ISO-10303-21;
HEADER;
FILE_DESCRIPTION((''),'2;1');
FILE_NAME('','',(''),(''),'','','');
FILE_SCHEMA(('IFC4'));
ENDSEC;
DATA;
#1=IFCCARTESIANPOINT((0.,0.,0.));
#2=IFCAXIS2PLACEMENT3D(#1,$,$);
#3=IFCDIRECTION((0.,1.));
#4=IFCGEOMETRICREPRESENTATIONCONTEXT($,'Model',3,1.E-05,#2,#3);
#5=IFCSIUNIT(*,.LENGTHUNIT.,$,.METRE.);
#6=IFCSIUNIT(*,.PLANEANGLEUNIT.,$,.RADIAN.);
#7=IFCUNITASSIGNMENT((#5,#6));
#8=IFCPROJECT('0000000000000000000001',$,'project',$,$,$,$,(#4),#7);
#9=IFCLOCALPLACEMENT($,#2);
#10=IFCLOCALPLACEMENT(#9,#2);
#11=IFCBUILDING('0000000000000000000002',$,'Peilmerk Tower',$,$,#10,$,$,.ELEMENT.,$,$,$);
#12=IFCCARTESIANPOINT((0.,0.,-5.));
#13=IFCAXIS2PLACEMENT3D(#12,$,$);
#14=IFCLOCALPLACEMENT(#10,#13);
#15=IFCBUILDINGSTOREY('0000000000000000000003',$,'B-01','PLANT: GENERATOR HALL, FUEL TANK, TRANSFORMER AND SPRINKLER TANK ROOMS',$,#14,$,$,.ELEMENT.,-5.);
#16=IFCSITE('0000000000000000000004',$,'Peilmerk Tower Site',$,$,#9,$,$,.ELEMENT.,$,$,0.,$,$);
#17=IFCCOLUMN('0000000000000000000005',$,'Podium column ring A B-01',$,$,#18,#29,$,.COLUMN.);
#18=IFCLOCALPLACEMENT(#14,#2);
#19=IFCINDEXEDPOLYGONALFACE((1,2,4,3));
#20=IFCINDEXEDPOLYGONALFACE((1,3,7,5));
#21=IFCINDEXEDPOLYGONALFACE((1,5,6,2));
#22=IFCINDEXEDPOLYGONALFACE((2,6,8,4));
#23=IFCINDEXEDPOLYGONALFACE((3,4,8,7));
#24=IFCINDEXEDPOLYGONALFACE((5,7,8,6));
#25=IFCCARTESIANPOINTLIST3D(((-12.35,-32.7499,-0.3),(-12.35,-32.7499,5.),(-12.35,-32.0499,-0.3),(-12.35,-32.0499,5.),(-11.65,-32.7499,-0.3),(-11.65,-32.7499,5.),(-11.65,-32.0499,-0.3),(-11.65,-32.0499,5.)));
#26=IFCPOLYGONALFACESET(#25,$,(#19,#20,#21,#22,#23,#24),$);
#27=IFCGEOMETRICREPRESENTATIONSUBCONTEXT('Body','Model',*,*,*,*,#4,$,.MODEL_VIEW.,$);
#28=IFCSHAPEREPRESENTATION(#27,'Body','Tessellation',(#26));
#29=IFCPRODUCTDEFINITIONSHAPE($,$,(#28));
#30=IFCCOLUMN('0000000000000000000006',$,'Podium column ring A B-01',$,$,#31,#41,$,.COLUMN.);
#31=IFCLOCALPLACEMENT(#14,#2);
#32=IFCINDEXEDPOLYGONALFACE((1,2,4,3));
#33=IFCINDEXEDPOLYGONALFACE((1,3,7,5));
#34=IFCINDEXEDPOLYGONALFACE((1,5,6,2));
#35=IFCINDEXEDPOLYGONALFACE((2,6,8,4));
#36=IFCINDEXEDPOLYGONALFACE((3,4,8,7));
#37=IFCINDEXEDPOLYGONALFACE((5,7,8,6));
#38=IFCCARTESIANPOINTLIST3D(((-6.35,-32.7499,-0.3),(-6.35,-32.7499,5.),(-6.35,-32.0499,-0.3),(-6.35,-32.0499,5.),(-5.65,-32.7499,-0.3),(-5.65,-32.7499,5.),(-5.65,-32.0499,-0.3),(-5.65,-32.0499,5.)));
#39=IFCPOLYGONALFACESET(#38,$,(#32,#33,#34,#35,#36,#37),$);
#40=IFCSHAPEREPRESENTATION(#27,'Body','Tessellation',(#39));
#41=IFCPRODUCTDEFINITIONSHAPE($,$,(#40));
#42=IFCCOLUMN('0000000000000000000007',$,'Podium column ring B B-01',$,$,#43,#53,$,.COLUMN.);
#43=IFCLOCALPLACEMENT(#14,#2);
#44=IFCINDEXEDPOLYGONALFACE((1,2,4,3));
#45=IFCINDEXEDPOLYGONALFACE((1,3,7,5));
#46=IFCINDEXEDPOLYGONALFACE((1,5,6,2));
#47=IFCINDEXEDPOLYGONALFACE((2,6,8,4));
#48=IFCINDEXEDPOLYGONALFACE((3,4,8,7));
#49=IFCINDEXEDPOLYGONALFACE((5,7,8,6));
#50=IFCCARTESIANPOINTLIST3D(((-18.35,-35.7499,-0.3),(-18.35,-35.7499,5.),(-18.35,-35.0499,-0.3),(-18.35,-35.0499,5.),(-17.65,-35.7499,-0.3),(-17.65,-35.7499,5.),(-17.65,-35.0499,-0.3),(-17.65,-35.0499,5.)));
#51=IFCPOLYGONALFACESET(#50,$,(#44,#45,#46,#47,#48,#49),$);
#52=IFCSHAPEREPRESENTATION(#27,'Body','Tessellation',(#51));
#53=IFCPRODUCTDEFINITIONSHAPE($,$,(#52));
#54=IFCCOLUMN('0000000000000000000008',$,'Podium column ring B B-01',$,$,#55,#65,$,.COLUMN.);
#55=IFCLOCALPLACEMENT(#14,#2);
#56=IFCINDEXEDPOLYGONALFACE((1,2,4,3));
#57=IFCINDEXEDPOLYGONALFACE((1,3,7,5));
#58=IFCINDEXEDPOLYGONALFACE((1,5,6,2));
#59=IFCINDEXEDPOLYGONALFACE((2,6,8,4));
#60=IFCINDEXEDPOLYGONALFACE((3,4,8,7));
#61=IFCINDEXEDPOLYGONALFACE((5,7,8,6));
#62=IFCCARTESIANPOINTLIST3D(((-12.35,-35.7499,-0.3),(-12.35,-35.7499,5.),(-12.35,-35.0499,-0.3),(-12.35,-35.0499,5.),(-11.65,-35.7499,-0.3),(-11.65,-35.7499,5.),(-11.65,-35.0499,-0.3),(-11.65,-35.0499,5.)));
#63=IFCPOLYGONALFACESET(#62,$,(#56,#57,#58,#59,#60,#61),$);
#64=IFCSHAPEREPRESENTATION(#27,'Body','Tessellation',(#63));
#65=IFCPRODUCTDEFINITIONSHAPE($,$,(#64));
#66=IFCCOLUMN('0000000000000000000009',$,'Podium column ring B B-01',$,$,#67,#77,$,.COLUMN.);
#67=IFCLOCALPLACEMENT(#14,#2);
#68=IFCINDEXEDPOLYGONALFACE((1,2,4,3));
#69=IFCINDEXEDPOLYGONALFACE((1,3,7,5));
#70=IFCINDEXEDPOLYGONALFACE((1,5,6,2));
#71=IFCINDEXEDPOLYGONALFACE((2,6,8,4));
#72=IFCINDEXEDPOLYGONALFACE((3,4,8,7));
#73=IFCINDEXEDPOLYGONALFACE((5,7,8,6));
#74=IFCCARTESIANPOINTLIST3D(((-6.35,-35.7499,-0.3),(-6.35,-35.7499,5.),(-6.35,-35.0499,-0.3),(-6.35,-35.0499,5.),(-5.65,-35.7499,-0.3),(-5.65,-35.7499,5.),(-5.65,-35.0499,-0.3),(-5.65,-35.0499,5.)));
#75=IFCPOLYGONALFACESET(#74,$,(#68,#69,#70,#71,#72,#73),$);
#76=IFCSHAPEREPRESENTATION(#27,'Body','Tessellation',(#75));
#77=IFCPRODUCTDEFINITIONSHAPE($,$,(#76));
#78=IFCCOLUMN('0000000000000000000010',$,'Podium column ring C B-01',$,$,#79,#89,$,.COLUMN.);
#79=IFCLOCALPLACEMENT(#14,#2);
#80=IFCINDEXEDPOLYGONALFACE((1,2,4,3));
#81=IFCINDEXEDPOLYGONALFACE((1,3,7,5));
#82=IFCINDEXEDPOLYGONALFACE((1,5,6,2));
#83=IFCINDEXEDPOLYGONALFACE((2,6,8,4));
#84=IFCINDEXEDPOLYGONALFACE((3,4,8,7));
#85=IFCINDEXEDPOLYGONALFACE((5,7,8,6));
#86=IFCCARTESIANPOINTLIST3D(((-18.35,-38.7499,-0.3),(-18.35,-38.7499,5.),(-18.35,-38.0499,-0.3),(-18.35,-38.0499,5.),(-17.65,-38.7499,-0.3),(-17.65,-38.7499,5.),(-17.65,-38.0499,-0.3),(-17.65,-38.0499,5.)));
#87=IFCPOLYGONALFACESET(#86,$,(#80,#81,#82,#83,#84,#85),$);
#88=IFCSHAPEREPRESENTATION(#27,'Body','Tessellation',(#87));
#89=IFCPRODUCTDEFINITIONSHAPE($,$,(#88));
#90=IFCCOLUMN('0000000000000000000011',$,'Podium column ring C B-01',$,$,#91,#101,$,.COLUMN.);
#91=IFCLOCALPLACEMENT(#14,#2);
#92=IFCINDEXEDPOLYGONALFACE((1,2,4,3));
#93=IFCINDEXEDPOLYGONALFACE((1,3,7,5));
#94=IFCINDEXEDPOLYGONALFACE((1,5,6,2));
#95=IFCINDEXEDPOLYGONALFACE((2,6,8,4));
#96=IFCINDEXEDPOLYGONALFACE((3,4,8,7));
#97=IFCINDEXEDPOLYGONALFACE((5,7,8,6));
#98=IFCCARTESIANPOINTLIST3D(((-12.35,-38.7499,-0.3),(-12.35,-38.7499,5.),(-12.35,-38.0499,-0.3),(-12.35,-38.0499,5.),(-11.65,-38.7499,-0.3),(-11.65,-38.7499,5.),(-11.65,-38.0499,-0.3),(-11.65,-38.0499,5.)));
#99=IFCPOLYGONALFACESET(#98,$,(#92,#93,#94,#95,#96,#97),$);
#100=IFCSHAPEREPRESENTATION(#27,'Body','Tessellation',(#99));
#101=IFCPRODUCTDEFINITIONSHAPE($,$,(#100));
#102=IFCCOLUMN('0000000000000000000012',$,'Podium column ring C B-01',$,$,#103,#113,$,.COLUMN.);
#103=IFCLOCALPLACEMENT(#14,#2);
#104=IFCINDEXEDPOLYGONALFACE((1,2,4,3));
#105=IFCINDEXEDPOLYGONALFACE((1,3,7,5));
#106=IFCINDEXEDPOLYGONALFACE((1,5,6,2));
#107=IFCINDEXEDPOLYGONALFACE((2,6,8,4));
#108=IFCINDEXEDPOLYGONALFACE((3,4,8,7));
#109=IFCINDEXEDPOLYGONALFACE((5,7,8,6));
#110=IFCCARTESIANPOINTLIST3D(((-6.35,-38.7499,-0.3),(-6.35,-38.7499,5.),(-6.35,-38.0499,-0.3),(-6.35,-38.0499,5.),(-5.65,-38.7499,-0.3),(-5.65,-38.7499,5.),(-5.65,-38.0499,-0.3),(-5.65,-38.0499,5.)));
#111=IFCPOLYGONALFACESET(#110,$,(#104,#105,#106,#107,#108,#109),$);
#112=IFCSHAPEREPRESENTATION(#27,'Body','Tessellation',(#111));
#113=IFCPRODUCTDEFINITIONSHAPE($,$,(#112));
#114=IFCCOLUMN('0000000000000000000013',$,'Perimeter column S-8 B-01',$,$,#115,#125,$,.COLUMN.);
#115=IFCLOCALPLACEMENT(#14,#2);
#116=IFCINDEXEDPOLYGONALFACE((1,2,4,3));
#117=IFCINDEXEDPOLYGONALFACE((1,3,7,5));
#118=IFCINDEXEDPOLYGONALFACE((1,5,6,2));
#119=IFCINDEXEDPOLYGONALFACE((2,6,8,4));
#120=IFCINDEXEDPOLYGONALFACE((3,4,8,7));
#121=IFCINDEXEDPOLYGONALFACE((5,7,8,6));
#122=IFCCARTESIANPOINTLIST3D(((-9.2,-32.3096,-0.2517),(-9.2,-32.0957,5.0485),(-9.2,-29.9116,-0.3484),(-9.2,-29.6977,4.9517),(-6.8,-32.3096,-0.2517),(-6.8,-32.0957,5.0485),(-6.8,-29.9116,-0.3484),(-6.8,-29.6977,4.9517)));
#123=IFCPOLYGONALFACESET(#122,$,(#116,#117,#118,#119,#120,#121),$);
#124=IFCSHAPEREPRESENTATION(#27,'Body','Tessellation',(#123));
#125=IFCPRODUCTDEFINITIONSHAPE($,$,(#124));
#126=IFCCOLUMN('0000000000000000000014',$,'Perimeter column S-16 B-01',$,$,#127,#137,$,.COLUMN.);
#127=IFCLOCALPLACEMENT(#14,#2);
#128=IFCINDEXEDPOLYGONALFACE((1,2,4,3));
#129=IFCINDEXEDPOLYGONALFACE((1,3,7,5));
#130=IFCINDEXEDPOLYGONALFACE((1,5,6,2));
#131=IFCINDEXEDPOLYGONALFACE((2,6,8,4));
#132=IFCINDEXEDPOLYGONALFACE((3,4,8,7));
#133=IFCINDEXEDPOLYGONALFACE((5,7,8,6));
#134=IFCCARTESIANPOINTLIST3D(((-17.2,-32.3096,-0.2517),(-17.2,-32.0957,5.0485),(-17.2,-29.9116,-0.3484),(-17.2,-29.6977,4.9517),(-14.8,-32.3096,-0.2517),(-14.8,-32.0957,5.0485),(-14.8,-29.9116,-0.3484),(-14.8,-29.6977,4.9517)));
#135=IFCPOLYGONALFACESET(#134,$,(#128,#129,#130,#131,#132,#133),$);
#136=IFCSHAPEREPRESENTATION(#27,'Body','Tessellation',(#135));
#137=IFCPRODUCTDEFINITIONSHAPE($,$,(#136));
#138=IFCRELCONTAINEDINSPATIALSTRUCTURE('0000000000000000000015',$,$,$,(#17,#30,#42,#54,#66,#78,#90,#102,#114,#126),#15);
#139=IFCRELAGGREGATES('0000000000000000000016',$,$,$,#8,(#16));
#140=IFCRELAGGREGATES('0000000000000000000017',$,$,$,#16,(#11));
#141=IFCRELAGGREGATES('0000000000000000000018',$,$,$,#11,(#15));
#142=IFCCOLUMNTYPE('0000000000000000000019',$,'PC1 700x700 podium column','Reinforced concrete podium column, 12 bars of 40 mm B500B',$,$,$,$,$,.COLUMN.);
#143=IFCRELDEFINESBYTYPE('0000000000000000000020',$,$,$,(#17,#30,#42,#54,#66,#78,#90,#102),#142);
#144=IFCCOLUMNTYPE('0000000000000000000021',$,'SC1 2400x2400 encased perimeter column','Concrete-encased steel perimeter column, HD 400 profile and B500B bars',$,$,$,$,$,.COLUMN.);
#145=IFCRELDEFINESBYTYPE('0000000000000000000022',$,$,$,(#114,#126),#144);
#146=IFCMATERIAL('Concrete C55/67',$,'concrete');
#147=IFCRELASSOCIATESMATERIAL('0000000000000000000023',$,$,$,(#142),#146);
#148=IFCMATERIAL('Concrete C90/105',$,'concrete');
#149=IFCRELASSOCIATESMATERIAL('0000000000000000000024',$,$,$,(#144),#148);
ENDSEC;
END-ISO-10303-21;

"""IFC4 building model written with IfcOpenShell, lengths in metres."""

from ifc_helpers import new_model, si_unit, direction, frame, origin, origin_2d, place, context, subcontext, project, spatial, rectangle, extrude, material, material_profile, profile_set, type_object, element, save


model = new_model("IFC4")

# Units and contexts
model_context = context("Model", 3, precision=1e-05, world=origin(), true_north=direction((0.0, 1.0)))
body_context = subcontext(model_context, "Body", "Model", "MODEL_VIEW")
ifc_project = project(units=[si_unit("LENGTHUNIT", "METRE"), si_unit("PLANEANGLEUNIT", "RADIAN")], contexts=[model_context])

# Site, building, storey
site_placement = place(None, origin())
site = spatial("IfcSite", under=ifc_project, at=site_placement, Name="Peilmerk Tower Site", CompositionType="ELEMENT", RefElevation=0.0)
building_placement = place(site_placement, origin())
building = spatial("IfcBuilding", under=site, at=building_placement, Name="Peilmerk Tower", CompositionType="ELEMENT")
storey_placement = place(building_placement, frame((0.0, 0.0, -5.0)))
storey = spatial("IfcBuildingStorey", under=building, at=storey_placement, Name="B-01", Description="PLANT: GENERATOR HALL, FUEL TANK, TRANSFORMER AND SPRINKLER TANK ROOMS", CompositionType="ELEMENT", Elevation=-5.0)

# Columns
ifc_material_1 = material(Name="Concrete C55/67", Category="concrete")
ifc_material_profile_1 = material_profile(ifc_material_1, rectangle(XDim=0.7, YDim=0.7, at=origin_2d()), Name="RC 700x700")
ifc_profile_set_1 = profile_set([ifc_material_profile_1], Name="Concrete C55/67")
column_type_1 = type_object("IfcColumnType", Name="PC1 700x700 podium column", Description="Reinforced concrete podium column, 12 bars of 40 mm B500B", PredefinedType="COLUMN", material=ifc_profile_set_1)
for number, where, z_axis, x_axis, name in (
    (1, (-12.0, -32.3999, -0.3), (0.0, 0.0, 1.0), (1.0, 0.0, 0.0), "Podium column ring A B-01"),
    (2, (-6.0, -32.3999, -0.3), (0.0, 0.0, 1.0), (1.0, 0.0, 0.0), "Podium column ring A B-01"),
    (3, (-18.0, -35.3999, -0.3), (0.0, 0.0, 1.0), (1.0, 0.0, 0.0), "Podium column ring B B-01"),
    (4, (-12.0, -35.3999, -0.3), (0.0, 0.0, 1.0), (1.0, 0.0, 0.0), "Podium column ring B B-01"),
    (5, (-6.0, -35.3999, -0.3), (0.0, 0.0, 1.0), (1.0, 0.0, 0.0), "Podium column ring B B-01"),
    (6, (-18.0, -38.3999, -0.3), (0.0, 0.0, 1.0), (1.0, 0.0, 0.0), "Podium column ring C B-01"),
    (7, (-12.0, -38.3999, -0.3), (0.0, 0.0, 1.0), (1.0, 0.0, 0.0), "Podium column ring C B-01"),
    (8, (-6.0, -38.3999, -0.3), (0.0, 0.0, 1.0), (1.0, 0.0, 0.0), "Podium column ring C B-01"),
):
    element("IfcColumn", number, at=place(storey_placement, frame(where, z_axis=z_axis, x_axis=x_axis)), inside=storey, type_object=column_type_1, Name=name, PredefinedType="COLUMN", context=body_context, shape_type="SweptSolid", body=[
        extrude(rectangle(XDim=0.7, YDim=0.7, at=origin_2d()), origin(), (0.0, 0.0, 1.0), 5.3),
    ])
ifc_material_2 = material(Name="Concrete C90/105", Category="concrete")
ifc_material_profile_2 = material_profile(ifc_material_2, rectangle(XDim=2.3999, YDim=2.3999, at=origin_2d()), Name="RC 2400x2400")
ifc_profile_set_2 = profile_set([ifc_material_profile_2], Name="Concrete C90/105")
column_type_2 = type_object("IfcColumnType", Name="SC1 2400x2400 encased perimeter column", Description="Concrete-encased steel perimeter column, HD 400 profile and B500B bars", PredefinedType="COLUMN", material=ifc_profile_set_2)
for number, where, z_axis, x_axis, name in (
    (9, (-8.0, -31.1106, -0.3), (0.0, 0.040319, 0.999187), (-1.0, 0.0, 0.0), "Perimeter column S-8 B-01"),
    (10, (-16.0, -31.1106, -0.3), (0.0, 0.040319, 0.999187), (-1.0, 0.0, 0.0), "Perimeter column S-16 B-01"),
):
    element("IfcColumn", number, at=place(storey_placement, frame(where, z_axis=z_axis, x_axis=x_axis)), inside=storey, type_object=column_type_2, Name=name, PredefinedType="COLUMN", context=body_context, shape_type="SweptSolid", body=[
        extrude(rectangle(XDim=2.3999, YDim=2.3999, at=origin_2d()), origin(), (0.0, 0.0, 1.0), 5.3044),
    ])

save(model, "model.ifc")
